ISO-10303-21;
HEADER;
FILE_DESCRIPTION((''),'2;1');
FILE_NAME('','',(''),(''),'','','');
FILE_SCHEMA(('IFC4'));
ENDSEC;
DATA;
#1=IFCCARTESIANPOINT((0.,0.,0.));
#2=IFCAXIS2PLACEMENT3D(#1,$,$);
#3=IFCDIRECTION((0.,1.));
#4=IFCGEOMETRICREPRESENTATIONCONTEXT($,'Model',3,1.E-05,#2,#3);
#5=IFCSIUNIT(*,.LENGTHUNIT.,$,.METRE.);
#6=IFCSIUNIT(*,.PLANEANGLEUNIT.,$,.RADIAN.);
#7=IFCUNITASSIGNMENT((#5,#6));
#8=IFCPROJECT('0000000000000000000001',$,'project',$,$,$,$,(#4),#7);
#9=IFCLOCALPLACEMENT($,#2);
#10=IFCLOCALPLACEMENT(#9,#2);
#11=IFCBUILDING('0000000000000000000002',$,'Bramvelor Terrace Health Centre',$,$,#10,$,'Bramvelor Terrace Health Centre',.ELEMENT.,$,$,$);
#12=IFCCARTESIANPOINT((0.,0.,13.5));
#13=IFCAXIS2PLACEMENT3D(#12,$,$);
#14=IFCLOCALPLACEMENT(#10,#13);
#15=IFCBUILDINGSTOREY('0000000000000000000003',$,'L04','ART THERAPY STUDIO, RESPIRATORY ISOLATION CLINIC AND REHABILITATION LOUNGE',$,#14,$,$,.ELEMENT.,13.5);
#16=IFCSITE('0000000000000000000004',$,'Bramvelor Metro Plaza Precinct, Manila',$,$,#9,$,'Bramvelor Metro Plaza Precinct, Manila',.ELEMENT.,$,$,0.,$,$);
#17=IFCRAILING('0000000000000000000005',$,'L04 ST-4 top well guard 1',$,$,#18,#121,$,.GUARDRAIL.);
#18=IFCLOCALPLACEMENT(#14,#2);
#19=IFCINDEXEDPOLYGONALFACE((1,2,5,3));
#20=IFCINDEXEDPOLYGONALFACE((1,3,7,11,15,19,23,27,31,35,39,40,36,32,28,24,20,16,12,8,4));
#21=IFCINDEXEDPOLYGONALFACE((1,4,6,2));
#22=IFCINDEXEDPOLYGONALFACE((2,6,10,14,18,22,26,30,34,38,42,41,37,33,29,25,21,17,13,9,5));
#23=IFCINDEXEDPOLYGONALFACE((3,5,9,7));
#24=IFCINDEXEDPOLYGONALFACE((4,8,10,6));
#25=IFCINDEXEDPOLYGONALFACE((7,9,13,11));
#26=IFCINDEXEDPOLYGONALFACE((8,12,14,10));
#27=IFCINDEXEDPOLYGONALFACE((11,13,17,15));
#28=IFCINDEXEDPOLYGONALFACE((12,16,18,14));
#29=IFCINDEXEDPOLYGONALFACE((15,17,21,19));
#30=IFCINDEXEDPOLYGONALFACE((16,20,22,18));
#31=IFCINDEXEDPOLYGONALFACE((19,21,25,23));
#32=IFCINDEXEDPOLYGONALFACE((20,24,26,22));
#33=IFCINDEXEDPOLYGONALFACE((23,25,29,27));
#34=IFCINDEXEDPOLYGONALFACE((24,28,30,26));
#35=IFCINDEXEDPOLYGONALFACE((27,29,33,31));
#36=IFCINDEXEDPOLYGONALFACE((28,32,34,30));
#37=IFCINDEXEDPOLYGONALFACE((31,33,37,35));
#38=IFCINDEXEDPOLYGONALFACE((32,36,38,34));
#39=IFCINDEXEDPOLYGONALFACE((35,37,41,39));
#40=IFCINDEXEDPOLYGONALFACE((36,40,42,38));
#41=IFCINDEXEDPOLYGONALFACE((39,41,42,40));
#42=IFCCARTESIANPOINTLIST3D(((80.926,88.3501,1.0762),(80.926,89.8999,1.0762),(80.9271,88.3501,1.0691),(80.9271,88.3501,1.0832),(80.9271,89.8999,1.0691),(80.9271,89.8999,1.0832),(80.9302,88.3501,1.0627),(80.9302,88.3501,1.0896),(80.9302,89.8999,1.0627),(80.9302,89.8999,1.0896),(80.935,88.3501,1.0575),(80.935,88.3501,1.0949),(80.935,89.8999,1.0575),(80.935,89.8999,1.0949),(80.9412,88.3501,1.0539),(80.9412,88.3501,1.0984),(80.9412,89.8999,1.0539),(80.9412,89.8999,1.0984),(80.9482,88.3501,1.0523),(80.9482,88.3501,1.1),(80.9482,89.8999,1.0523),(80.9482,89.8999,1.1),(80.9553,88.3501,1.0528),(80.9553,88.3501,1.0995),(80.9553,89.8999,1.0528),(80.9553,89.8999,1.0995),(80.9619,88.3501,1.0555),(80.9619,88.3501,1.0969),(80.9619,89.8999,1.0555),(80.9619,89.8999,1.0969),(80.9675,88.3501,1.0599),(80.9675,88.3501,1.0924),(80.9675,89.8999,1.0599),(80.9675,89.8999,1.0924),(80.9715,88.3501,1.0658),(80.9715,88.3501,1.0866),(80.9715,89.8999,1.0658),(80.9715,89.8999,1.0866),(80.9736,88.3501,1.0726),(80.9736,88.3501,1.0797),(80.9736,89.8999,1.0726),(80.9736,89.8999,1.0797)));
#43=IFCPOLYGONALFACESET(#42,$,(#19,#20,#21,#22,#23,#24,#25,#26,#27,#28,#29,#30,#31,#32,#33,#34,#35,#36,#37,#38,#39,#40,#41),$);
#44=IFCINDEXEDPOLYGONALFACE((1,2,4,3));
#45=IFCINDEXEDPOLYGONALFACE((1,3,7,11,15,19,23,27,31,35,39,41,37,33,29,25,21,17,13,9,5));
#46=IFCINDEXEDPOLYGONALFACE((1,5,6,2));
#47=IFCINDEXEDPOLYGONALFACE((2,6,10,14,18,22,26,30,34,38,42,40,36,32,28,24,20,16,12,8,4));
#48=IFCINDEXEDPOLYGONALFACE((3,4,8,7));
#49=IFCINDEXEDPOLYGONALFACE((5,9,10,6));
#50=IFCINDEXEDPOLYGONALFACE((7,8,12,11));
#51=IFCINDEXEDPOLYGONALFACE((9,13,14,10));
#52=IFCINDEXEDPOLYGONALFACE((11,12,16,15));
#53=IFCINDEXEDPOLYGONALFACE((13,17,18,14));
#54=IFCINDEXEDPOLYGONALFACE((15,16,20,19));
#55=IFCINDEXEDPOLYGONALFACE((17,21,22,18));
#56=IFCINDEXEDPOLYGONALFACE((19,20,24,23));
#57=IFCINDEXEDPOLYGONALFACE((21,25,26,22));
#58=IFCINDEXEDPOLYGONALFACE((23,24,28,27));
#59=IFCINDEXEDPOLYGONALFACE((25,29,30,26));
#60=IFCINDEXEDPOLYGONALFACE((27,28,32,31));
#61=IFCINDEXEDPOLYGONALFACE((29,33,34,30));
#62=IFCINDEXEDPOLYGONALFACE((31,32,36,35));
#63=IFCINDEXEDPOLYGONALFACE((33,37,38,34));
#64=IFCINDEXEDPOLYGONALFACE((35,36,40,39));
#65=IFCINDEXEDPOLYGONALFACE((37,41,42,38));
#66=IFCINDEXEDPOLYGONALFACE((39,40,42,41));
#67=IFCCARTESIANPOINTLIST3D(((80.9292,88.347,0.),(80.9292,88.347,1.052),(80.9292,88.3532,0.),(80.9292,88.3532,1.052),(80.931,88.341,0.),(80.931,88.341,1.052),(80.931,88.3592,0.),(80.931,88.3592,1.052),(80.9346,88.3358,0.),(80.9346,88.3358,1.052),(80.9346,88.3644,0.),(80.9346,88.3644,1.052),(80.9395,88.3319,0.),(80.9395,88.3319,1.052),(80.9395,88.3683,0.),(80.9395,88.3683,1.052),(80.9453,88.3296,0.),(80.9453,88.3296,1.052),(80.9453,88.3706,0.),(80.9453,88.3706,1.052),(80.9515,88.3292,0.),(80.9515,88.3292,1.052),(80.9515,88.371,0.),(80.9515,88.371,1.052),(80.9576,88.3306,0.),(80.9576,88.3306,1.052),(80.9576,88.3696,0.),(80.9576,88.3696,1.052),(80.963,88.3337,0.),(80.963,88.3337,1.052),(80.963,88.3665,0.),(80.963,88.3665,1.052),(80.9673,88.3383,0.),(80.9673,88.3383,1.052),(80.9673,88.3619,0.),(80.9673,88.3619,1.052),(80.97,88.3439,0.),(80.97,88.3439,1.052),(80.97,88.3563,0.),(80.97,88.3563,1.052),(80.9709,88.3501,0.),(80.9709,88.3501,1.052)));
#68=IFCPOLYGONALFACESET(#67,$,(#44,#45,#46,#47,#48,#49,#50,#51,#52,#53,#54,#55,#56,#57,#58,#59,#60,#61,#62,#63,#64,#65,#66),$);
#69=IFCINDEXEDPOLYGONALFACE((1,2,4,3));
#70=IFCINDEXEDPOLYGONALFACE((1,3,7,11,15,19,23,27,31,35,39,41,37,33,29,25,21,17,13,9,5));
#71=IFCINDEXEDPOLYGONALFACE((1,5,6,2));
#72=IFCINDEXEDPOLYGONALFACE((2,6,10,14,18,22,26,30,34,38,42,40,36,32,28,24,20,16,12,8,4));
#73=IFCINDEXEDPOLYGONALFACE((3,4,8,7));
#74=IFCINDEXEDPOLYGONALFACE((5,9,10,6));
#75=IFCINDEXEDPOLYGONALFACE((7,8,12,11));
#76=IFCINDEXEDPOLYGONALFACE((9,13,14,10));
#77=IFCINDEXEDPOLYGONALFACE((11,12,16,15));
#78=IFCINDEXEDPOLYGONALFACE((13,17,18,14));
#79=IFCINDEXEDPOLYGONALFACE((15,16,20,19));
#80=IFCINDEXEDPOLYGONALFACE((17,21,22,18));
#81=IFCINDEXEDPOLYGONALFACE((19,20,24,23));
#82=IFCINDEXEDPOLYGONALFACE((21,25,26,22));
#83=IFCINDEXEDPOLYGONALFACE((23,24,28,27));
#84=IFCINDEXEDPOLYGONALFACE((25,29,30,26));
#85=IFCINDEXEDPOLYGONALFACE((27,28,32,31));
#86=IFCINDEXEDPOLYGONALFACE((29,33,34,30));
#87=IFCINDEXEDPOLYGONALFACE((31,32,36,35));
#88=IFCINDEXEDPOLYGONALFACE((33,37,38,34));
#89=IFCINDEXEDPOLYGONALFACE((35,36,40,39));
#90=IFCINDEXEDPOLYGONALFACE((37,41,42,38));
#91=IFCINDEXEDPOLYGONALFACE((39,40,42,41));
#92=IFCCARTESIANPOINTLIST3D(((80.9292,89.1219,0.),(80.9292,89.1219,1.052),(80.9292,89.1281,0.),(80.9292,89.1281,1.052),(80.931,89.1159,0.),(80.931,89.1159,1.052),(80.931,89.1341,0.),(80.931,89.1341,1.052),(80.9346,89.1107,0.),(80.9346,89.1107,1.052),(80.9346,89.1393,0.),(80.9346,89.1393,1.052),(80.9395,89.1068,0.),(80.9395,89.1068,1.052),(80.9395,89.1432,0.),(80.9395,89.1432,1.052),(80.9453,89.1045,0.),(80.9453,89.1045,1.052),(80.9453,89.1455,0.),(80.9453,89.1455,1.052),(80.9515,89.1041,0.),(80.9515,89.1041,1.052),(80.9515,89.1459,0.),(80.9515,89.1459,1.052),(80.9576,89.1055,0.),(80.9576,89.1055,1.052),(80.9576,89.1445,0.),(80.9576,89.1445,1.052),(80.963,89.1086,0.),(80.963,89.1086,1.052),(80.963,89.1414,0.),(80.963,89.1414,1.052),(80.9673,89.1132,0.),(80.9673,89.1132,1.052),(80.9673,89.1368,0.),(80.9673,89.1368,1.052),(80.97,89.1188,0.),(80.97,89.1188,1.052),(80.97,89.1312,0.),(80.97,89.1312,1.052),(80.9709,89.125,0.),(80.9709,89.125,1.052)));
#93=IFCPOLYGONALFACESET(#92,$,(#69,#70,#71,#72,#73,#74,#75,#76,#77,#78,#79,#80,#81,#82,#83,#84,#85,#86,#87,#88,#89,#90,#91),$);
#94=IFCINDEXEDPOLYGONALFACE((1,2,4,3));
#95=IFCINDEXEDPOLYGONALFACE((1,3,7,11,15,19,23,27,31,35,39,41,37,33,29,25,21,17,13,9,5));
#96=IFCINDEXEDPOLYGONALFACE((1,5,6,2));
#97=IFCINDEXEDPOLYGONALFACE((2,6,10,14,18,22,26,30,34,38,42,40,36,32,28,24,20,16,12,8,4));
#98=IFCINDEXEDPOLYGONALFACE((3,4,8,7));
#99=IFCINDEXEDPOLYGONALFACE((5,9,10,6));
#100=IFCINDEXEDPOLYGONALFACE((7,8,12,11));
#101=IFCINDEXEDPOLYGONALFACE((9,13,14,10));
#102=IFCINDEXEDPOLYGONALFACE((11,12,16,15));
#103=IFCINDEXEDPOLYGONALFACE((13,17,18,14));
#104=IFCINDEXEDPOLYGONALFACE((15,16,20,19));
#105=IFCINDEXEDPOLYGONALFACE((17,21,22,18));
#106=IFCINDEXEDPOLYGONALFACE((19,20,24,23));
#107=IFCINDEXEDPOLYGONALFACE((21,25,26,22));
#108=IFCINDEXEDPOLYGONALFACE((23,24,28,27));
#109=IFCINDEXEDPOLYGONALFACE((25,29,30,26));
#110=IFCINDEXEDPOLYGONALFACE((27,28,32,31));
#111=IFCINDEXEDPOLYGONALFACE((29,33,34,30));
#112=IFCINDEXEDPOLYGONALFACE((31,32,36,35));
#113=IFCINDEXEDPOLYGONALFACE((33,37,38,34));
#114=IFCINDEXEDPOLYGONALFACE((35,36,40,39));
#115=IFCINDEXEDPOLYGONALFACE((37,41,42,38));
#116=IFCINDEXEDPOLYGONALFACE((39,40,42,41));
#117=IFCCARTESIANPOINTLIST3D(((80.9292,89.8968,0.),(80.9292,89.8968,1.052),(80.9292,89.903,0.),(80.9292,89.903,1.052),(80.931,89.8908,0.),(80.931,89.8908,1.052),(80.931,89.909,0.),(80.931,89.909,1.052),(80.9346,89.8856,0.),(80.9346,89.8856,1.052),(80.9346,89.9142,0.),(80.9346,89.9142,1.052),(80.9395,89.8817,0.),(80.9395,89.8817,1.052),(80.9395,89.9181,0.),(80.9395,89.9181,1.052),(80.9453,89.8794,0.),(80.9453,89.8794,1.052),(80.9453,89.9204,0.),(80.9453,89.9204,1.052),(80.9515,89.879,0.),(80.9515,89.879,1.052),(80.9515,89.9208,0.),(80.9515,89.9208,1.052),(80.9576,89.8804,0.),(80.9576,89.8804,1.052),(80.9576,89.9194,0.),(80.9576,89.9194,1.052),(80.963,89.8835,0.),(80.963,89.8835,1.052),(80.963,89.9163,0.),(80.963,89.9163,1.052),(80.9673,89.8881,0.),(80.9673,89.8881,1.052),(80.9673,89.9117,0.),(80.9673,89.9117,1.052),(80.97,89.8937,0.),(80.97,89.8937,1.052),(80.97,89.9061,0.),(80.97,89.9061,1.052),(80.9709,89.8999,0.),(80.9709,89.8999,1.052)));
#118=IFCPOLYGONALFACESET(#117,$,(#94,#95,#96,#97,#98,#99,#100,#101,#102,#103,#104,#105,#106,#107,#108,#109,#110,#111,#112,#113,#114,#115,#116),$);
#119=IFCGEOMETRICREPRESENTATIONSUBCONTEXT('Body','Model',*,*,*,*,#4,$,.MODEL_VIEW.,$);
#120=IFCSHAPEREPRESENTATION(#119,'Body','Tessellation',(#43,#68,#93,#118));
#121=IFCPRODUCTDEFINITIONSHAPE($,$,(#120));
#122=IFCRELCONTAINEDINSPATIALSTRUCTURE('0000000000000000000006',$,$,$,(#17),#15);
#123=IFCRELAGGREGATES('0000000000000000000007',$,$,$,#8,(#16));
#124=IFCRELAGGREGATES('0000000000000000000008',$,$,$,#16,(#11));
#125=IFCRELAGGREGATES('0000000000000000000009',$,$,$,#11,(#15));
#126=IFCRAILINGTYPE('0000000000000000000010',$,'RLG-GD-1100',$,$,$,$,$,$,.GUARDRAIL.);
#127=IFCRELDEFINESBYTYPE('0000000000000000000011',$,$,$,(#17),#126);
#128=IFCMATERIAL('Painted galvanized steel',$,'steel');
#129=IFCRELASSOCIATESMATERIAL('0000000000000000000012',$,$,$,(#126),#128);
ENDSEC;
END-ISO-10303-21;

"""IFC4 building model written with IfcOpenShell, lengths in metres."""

from ifc_helpers import new_model, si_unit, direction, frame, origin, origin_2d, place, context, subcontext, project, spatial, circle, extrude, material, type_object, element, save


model = new_model("IFC4")

# Units and contexts
model_context = context("Model", 3, precision=1e-05, world=origin(), true_north=direction((0.0, 1.0)))
body_context = subcontext(model_context, "Body", "Model", "MODEL_VIEW")
ifc_project = project(units=[si_unit("LENGTHUNIT", "METRE"), si_unit("PLANEANGLEUNIT", "RADIAN")], contexts=[model_context])

# Site, building, storey
site_placement = place(None, origin())
site = spatial("IfcSite", under=ifc_project, at=site_placement, Name="Bramvelor Metro Plaza Precinct, Manila", LongName="Bramvelor Metro Plaza Precinct, Manila", CompositionType="ELEMENT", RefElevation=0.0)
building_placement = place(site_placement, origin())
building = spatial("IfcBuilding", under=site, at=building_placement, Name="Bramvelor Terrace Health Centre", LongName="Bramvelor Terrace Health Centre", CompositionType="ELEMENT")
storey_placement = place(building_placement, frame((0.0, 0.0, 13.5)))
storey = spatial("IfcBuildingStorey", under=building, at=storey_placement, Name="L04", Description="ART THERAPY STUDIO, RESPIRATORY ISOLATION CLINIC AND REHABILITATION LOUNGE", CompositionType="ELEMENT", Elevation=13.5)

# Railing
ifc_material_1 = material(Name="Painted galvanized steel", Category="steel")
railing_type = type_object("IfcRailingType", Name="RLG-GD-1100", PredefinedType="GUARDRAIL", material=ifc_material_1)
railing_placement = place(storey_placement, frame((80.95, 88.3501, 0.0)))
element("IfcRailing", 1, at=railing_placement, inside=storey, type_object=railing_type, Name="L04 ST-4 top well guard 1", PredefinedType="GUARDRAIL", context=body_context, shape_type="SweptSolid", body=[
    extrude(circle(Radius=0.0239, at=origin_2d()), frame((0.0, 0.0, 1.0762), z_axis=(0.0, 1.0, 0.0), x_axis=(-1.0, 0.0, 0.0)), (0.0, 0.0, 1.0), 1.5498),
    extrude(circle(Radius=0.021, at=origin_2d()), origin(), (0.0, 0.0, 1.0), 1.052),
    extrude(circle(Radius=0.021, at=origin_2d()), frame((0.0, 0.7749, 0.0)), (0.0, 0.0, 1.0), 1.052),
    extrude(circle(Radius=0.021, at=origin_2d()), frame((0.0, 1.5498, 0.0)), (0.0, 0.0, 1.0), 1.052),
])

save(model, "model.ifc")
